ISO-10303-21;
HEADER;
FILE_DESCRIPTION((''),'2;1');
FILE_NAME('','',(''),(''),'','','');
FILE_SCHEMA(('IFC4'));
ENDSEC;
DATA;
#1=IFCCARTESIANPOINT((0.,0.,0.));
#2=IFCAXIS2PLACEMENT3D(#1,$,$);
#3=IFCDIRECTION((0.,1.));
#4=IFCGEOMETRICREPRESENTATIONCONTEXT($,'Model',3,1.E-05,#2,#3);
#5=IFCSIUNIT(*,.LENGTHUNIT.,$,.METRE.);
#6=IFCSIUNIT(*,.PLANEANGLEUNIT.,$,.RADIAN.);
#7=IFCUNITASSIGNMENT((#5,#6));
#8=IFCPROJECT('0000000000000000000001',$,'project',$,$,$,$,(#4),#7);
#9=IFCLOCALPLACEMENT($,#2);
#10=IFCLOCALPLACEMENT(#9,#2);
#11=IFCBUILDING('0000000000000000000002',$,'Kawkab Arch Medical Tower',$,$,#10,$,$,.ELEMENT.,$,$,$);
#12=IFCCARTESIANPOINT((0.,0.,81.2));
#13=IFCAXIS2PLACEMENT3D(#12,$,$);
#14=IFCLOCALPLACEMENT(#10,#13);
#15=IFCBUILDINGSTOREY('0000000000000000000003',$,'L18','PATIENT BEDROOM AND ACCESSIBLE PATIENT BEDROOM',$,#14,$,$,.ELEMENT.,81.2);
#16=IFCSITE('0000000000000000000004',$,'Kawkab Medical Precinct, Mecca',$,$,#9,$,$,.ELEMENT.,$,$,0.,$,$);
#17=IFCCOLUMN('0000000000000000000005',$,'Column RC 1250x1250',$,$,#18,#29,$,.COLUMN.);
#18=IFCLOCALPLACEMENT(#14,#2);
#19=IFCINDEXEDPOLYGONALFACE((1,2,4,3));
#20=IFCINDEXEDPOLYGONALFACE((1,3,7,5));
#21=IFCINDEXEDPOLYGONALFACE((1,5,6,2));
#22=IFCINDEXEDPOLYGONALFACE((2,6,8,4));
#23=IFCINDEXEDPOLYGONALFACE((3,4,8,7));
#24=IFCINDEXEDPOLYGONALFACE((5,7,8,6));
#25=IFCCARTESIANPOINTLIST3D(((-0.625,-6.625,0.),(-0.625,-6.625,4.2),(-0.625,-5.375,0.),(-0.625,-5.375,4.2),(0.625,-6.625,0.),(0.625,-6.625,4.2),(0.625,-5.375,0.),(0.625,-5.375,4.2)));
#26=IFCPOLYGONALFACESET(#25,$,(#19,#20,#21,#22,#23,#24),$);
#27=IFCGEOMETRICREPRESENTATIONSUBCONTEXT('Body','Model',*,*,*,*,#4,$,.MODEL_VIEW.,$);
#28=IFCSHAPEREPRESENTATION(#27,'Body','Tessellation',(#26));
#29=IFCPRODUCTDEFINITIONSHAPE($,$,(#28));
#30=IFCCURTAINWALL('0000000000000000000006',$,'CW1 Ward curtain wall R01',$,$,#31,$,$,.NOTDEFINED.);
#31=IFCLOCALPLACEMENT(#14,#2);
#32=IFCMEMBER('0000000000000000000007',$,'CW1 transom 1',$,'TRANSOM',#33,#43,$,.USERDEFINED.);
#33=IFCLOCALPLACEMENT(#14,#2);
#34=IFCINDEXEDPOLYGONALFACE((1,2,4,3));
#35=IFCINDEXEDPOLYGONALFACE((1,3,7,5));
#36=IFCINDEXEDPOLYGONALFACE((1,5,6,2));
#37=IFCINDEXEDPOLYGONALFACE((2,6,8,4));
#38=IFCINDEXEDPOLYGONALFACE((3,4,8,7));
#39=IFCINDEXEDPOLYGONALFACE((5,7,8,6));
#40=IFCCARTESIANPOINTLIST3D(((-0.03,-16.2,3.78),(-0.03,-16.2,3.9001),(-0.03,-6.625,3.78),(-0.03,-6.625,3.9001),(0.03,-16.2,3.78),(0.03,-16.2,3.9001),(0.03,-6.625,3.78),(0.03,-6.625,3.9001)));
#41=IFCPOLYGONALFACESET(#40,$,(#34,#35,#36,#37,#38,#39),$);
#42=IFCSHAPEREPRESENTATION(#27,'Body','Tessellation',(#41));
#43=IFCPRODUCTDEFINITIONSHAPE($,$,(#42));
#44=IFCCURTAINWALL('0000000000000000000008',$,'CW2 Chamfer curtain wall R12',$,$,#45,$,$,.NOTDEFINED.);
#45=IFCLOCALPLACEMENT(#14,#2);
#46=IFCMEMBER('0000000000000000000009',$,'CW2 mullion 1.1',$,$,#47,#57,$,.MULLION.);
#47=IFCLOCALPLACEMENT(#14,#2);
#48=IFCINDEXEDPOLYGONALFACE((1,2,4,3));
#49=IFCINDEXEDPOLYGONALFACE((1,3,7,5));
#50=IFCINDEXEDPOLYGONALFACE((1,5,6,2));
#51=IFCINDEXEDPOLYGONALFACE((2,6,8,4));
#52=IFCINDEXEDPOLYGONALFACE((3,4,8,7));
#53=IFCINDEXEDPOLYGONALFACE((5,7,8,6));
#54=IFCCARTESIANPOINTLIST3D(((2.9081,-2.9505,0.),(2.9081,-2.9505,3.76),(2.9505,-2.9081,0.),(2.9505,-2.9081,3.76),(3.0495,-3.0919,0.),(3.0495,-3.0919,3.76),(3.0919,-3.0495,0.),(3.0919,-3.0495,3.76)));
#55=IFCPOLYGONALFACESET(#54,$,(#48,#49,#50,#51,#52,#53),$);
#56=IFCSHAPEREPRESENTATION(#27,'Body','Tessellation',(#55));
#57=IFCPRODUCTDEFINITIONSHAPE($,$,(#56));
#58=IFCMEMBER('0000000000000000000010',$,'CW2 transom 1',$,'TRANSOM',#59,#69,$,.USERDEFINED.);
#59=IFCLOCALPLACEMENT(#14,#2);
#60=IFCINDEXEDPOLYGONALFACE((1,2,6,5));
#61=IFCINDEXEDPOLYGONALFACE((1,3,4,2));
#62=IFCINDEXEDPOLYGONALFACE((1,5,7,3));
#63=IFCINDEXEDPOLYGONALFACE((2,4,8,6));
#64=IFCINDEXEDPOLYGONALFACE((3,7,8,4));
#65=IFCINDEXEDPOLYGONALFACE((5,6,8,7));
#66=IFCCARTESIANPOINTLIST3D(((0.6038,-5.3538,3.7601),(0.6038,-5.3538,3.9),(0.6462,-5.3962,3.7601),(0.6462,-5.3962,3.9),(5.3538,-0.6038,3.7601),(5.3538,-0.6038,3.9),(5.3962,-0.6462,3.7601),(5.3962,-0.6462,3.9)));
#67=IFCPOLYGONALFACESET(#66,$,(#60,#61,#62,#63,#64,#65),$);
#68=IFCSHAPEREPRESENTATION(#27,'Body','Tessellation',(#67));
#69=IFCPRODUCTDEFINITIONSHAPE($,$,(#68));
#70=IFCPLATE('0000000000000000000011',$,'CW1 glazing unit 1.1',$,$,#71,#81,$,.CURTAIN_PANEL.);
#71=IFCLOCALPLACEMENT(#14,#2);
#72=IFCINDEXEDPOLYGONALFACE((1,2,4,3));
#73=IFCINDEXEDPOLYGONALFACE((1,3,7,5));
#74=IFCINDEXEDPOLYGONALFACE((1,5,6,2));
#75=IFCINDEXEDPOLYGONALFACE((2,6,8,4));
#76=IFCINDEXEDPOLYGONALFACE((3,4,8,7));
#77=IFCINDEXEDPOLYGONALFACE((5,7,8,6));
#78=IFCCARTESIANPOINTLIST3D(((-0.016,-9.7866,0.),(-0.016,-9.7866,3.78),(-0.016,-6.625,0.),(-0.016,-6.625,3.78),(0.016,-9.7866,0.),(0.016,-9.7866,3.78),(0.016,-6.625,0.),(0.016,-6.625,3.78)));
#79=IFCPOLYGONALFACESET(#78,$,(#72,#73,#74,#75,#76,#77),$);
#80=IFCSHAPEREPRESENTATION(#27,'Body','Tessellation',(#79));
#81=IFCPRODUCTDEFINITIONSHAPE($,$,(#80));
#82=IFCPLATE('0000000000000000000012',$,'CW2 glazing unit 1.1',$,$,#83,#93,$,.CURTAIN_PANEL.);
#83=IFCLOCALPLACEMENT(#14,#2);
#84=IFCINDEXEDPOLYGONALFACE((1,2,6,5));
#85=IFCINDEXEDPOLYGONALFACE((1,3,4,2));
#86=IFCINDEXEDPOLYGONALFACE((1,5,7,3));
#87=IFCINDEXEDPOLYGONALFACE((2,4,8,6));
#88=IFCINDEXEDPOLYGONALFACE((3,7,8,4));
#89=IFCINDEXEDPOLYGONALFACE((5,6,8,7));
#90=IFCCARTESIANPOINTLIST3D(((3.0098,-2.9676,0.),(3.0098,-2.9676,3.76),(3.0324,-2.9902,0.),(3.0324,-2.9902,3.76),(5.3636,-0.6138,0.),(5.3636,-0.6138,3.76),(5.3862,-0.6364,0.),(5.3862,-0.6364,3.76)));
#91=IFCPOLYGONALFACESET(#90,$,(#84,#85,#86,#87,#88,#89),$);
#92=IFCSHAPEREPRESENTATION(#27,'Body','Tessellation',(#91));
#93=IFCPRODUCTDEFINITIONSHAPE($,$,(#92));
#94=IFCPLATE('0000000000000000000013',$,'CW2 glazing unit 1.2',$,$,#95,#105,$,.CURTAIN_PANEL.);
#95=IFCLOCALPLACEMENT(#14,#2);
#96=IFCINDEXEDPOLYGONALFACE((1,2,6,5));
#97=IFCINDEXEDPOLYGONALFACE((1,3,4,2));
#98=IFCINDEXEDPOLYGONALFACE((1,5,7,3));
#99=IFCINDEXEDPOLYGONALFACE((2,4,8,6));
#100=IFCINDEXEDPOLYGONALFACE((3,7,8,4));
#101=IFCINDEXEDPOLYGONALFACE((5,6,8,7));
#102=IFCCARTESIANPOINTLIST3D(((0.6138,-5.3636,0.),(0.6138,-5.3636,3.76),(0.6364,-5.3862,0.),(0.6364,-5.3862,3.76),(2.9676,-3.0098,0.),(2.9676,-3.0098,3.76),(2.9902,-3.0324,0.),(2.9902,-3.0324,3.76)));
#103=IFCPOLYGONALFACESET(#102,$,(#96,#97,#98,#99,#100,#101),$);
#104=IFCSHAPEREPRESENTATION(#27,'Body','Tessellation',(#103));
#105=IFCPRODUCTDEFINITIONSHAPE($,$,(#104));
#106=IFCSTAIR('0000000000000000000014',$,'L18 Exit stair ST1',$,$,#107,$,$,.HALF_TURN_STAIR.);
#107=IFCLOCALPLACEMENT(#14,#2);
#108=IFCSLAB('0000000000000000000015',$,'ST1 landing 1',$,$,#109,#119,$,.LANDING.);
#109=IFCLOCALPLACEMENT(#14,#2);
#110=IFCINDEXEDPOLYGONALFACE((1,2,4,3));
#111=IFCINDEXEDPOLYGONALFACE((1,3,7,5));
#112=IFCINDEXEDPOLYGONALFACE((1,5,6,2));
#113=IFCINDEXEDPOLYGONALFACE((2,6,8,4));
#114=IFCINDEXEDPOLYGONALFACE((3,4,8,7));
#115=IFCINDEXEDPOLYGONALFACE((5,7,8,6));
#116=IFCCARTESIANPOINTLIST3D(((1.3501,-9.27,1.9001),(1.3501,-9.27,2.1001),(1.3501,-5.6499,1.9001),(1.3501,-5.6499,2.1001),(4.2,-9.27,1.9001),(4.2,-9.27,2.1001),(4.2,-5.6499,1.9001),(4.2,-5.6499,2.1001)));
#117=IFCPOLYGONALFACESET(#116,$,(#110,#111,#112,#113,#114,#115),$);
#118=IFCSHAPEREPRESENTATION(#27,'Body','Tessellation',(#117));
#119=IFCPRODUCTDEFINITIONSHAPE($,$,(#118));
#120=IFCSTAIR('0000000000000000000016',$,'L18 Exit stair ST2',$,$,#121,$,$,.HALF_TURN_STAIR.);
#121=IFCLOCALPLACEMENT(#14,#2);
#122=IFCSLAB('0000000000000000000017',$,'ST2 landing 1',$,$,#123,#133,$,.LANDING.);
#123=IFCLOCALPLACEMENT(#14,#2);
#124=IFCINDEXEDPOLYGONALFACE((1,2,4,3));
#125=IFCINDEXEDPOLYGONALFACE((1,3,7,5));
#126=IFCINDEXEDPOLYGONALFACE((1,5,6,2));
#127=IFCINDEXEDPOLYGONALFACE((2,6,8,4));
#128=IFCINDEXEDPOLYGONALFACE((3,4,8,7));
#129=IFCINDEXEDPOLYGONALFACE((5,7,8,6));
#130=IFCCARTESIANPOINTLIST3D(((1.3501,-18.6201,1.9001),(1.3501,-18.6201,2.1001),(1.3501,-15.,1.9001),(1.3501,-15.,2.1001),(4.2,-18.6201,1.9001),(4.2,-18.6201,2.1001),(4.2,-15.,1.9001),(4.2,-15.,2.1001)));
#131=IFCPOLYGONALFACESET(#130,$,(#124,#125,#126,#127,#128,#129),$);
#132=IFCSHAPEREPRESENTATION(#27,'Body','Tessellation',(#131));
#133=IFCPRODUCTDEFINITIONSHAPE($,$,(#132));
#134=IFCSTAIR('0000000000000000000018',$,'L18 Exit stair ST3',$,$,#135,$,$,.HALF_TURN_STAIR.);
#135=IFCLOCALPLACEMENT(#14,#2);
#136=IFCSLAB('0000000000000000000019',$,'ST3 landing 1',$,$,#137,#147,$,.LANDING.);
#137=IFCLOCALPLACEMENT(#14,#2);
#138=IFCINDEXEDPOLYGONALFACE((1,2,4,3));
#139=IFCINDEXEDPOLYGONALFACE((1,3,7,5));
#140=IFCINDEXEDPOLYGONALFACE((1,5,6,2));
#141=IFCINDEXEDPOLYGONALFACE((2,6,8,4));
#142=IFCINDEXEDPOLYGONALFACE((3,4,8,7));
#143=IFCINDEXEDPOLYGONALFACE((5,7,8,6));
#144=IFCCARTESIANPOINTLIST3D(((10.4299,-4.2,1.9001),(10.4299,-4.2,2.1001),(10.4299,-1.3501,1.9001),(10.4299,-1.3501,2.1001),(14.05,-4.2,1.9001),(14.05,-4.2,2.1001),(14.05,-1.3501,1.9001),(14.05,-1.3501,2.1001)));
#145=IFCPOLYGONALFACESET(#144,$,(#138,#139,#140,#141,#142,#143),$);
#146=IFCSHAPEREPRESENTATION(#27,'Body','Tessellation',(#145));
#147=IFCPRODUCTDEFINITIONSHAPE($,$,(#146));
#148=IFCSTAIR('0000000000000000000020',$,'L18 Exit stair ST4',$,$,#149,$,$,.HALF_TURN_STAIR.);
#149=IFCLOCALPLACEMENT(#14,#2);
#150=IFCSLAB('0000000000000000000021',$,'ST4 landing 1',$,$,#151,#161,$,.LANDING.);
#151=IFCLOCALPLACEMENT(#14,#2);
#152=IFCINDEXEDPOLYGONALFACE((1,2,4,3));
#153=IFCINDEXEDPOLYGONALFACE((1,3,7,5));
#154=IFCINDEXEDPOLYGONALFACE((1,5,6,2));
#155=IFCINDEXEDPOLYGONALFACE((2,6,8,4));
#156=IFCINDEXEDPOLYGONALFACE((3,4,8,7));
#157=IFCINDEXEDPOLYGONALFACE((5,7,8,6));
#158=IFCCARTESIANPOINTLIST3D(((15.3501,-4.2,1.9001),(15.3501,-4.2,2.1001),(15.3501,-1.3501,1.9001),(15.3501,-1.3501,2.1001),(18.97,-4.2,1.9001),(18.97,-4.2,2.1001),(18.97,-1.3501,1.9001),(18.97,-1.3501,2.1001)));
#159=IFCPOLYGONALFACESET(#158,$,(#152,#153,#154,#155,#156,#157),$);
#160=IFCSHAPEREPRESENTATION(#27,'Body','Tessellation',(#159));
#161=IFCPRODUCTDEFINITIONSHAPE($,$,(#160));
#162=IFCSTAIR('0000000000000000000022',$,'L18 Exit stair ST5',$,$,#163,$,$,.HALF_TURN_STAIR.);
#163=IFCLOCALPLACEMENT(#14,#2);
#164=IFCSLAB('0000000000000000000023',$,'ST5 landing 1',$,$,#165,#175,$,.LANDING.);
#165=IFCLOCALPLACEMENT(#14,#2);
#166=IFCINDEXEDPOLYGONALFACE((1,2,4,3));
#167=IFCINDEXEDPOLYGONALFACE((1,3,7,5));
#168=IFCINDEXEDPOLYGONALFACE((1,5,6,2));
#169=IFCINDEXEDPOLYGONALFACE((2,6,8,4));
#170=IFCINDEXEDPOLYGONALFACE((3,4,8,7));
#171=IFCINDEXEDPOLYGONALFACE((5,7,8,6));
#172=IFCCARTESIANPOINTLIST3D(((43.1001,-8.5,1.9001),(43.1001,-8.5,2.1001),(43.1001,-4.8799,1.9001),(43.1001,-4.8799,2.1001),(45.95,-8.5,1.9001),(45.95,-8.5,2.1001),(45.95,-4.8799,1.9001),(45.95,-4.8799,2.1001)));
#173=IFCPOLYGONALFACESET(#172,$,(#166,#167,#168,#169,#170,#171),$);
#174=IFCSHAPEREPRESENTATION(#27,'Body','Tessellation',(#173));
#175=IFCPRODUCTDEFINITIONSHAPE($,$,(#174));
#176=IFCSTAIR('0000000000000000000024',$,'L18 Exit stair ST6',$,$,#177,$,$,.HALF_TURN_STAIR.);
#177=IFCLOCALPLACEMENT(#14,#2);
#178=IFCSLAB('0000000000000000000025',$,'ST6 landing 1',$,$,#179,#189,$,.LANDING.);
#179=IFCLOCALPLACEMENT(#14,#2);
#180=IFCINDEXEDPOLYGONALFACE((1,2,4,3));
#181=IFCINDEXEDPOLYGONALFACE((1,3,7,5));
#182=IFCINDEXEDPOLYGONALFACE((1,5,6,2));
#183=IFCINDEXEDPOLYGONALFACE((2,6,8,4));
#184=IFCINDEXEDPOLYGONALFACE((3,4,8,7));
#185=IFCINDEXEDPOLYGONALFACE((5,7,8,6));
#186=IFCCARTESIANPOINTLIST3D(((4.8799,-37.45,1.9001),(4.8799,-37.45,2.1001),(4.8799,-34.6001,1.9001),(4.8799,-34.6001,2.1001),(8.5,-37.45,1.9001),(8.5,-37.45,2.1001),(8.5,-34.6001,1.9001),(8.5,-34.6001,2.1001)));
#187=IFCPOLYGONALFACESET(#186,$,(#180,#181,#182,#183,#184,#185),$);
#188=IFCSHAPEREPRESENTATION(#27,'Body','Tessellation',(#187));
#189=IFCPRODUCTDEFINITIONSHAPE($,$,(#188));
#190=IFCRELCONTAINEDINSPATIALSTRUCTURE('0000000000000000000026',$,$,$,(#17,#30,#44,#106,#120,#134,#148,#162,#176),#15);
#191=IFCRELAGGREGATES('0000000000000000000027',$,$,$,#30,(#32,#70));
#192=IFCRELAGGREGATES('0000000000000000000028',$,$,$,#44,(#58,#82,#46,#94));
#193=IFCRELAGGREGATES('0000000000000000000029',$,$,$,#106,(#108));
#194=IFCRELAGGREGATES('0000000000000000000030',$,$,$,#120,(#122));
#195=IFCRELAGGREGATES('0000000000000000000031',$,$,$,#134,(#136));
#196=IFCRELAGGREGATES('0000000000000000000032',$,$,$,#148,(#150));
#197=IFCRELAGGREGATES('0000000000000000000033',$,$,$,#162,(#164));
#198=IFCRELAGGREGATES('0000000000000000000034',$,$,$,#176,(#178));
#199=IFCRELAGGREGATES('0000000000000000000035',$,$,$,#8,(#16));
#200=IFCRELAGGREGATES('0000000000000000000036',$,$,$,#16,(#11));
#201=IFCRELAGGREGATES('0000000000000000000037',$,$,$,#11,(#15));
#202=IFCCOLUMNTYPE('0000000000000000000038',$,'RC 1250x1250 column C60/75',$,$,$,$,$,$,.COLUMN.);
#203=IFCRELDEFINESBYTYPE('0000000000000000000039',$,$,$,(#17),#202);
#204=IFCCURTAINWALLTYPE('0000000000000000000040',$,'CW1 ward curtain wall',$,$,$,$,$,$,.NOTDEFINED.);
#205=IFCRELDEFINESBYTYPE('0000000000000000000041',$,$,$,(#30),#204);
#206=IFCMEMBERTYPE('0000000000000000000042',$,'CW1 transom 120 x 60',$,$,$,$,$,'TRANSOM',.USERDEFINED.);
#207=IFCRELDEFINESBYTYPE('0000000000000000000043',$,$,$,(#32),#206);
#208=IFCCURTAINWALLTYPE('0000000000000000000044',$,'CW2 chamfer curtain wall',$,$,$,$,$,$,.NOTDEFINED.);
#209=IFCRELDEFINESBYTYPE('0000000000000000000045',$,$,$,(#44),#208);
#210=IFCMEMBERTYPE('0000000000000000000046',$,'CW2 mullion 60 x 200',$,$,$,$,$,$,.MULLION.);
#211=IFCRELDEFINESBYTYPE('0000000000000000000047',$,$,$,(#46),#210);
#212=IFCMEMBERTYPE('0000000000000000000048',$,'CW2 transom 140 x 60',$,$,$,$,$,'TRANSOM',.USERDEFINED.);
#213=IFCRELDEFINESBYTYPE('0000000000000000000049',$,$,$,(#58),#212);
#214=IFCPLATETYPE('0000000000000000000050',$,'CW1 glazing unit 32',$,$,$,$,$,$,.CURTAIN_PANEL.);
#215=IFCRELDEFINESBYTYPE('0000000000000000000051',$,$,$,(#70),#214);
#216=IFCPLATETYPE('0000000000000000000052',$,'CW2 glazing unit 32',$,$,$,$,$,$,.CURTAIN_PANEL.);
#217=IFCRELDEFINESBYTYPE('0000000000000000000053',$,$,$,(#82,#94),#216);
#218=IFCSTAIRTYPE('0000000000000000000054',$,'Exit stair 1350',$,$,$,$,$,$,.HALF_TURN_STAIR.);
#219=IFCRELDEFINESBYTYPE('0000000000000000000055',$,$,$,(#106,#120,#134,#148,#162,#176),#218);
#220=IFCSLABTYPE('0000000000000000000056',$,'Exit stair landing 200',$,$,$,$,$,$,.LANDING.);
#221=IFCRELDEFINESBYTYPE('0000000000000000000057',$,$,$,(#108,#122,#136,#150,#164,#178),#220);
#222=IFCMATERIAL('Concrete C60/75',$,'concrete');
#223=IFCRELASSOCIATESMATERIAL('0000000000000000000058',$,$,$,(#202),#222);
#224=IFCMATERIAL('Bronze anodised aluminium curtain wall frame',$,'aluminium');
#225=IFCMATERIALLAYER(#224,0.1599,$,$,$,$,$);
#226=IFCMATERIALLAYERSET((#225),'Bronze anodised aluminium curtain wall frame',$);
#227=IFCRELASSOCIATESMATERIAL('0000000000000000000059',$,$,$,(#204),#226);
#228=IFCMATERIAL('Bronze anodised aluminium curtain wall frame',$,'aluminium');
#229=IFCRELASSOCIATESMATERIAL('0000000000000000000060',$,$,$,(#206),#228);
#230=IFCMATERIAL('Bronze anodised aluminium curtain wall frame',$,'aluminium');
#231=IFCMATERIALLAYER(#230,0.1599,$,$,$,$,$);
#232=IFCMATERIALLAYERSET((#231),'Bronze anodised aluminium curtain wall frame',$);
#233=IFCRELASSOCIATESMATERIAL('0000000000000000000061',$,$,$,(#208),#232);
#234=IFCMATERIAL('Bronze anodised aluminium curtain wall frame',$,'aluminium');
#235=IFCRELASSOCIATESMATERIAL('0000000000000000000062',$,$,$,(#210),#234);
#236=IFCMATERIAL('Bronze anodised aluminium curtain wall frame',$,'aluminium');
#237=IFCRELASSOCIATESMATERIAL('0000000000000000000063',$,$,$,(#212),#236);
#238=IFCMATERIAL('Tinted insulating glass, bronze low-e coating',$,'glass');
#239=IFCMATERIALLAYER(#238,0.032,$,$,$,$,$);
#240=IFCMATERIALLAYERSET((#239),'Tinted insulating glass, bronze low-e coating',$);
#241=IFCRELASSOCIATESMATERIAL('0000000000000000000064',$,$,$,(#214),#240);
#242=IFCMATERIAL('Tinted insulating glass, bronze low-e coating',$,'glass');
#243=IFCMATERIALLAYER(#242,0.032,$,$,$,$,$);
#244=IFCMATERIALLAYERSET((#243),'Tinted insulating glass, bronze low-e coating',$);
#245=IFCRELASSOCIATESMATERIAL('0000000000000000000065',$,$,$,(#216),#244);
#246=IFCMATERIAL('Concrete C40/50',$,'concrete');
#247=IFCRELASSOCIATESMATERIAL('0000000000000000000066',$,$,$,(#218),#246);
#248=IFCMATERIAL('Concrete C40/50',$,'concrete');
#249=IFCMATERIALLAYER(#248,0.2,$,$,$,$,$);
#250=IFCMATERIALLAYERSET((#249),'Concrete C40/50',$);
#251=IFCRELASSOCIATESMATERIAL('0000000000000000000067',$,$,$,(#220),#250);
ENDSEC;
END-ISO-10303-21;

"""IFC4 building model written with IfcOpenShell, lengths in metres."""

from ifc_helpers import new_model, si_unit, direction, frame, origin, origin_2d, place, context, subcontext, project, spatial, polyline, rectangle, outline, extrude, material, layer, layer_set, material_profile, profile_set, type_object, element, aggregate, save


model = new_model("IFC4")

# Units and contexts
model_context = context("Model", 3, precision=1e-05, world=origin(), true_north=direction((0.0, 1.0)))
body_context = subcontext(model_context, "Body", "Model", "MODEL_VIEW")
ifc_project = project(units=[si_unit("LENGTHUNIT", "METRE"), si_unit("PLANEANGLEUNIT", "RADIAN")], contexts=[model_context])

# Site, building, storey
site_placement = place(None, origin())
site = spatial("IfcSite", under=ifc_project, at=site_placement, Name="Kawkab Medical Precinct, Mecca", CompositionType="ELEMENT", RefElevation=0.0)
building_placement = place(site_placement, origin())
building = spatial("IfcBuilding", under=site, at=building_placement, Name="Kawkab Arch Medical Tower", CompositionType="ELEMENT")
storey_placement = place(building_placement, frame((0.0, 0.0, 81.2)))
storey = spatial("IfcBuildingStorey", under=building, at=storey_placement, Name="L18", Description="PATIENT BEDROOM AND ACCESSIBLE PATIENT BEDROOM", CompositionType="ELEMENT", Elevation=81.2)

# Column
ifc_material_1 = material(Name="Concrete C60/75", Category="concrete")
ifc_material_profile_1 = material_profile(ifc_material_1, rectangle(XDim=1.25, YDim=1.25, at=origin_2d()), Name="RC 1250x1250")
ifc_profile_set_1 = profile_set([ifc_material_profile_1], Name="Concrete C60/75")
column_type = type_object("IfcColumnType", Name="RC 1250x1250 column C60/75", PredefinedType="COLUMN", material=ifc_profile_set_1)
column_placement = place(storey_placement, frame((0.0, -6.0, 0.0), z_axis=(0.0, 0.0, 1.0), x_axis=(1.0, 0.0, 0.0)))
element("IfcColumn", 1, at=column_placement, inside=storey, type_object=column_type, Name="Column RC 1250x1250", PredefinedType="COLUMN", context=body_context, shape_type="SweptSolid", body=[
    extrude(rectangle(XDim=1.25, YDim=1.25, at=origin_2d()), origin(), (0.0, 0.0, 1.0), 4.2),
])

# Curtain wall, member
ifc_material_2 = material(Name="Bronze anodised aluminium curtain wall frame", Category="aluminium")
ifc_layer_1 = layer(ifc_material_2, 0.1599)
ifc_layer_set_1 = layer_set([ifc_layer_1], Name="Bronze anodised aluminium curtain wall frame")
curtain_wall_type_1 = type_object("IfcCurtainWallType", Name="CW1 ward curtain wall", PredefinedType="NOTDEFINED", material=ifc_layer_set_1)
placement_1 = place(storey_placement, origin())
curtain_wall_1 = element("IfcCurtainWall", 2, at=placement_1, inside=storey, type_object=curtain_wall_type_1, Name="CW1 Ward curtain wall R01", PredefinedType="NOTDEFINED")
ifc_material_3 = material(Name="Bronze anodised aluminium curtain wall frame", Category="aluminium")
ifc_material_profile_2 = material_profile(ifc_material_3, rectangle(XDim=0.0601, YDim=0.1201, at=origin_2d()), Name="AL 60x120")
ifc_profile_set_2 = profile_set([ifc_material_profile_2], Name="Bronze anodised aluminium curtain wall frame")
member_type_1 = type_object("IfcMemberType", Name="CW1 transom 120 x 60", ElementType="TRANSOM", PredefinedType="USERDEFINED", material=ifc_profile_set_2)
member_1_placement = place(storey_placement, frame((0.0, -6.625, 3.8401), z_axis=(0.0, -1.0, 0.0), x_axis=(1.0, 0.0, 0.0)))
member_1 = element("IfcMember", 3, at=member_1_placement, type_object=member_type_1, Name="CW1 transom 1", ObjectType="TRANSOM", PredefinedType="USERDEFINED", context=body_context, shape_type="SweptSolid", body=[
    extrude(rectangle(XDim=0.0601, YDim=0.1201, at=origin_2d()), origin(), (0.0, 0.0, 1.0), 9.575),
])

# Curtain wall, members
ifc_material_4 = material(Name="Bronze anodised aluminium curtain wall frame", Category="aluminium")
ifc_layer_2 = layer(ifc_material_4, 0.1599)
ifc_layer_set_2 = layer_set([ifc_layer_2], Name="Bronze anodised aluminium curtain wall frame")
curtain_wall_type_2 = type_object("IfcCurtainWallType", Name="CW2 chamfer curtain wall", PredefinedType="NOTDEFINED", material=ifc_layer_set_2)
curtain_wall_2 = element("IfcCurtainWall", 4, at=placement_1, inside=storey, type_object=curtain_wall_type_2, Name="CW2 Chamfer curtain wall R12", PredefinedType="NOTDEFINED")
ifc_material_5 = material(Name="Bronze anodised aluminium curtain wall frame", Category="aluminium")
ifc_material_profile_3 = material_profile(ifc_material_5, rectangle(XDim=0.2, YDim=0.0601, at=origin_2d()), Name="AL 60x200")
ifc_profile_set_3 = profile_set([ifc_material_profile_3], Name="Bronze anodised aluminium curtain wall frame")
member_type_2 = type_object("IfcMemberType", Name="CW2 mullion 60 x 200", PredefinedType="MULLION", material=ifc_profile_set_3)
member_2_placement = place(storey_placement, frame((3.0, -3.0, 0.0), z_axis=(0.0, 0.0, 1.0), x_axis=(0.707107, -0.707107, 0.0)))
member_2 = element("IfcMember", 5, at=member_2_placement, type_object=member_type_2, Name="CW2 mullion 1.1", PredefinedType="MULLION", context=body_context, shape_type="SweptSolid", body=[
    extrude(rectangle(XDim=0.2, YDim=0.0601, at=origin_2d()), origin(), (0.0, 0.0, 1.0), 3.76),
])
ifc_material_6 = material(Name="Bronze anodised aluminium curtain wall frame", Category="aluminium")
ifc_material_profile_4 = material_profile(ifc_material_6, rectangle(XDim=0.0601, YDim=0.1399, at=origin_2d()), Name="AL 60x140")
ifc_profile_set_4 = profile_set([ifc_material_profile_4], Name="Bronze anodised aluminium curtain wall frame")
member_type_3 = type_object("IfcMemberType", Name="CW2 transom 140 x 60", ElementType="TRANSOM", PredefinedType="USERDEFINED", material=ifc_profile_set_4)
member_3_placement = place(storey_placement, frame((5.375, -0.625, 3.8301), z_axis=(-0.707107, -0.707107, 0.0), x_axis=(0.707107, -0.707107, 0.0)))
member_3 = element("IfcMember", 6, at=member_3_placement, type_object=member_type_3, Name="CW2 transom 1", ObjectType="TRANSOM", PredefinedType="USERDEFINED", context=body_context, shape_type="SweptSolid", body=[
    extrude(rectangle(XDim=0.0601, YDim=0.1399, at=origin_2d()), origin(), (0.0, 0.0, 1.0), 6.7175),
])

# Plates
ifc_material_7 = material(Name="Tinted insulating glass, bronze low-e coating", Category="glass")
ifc_layer_3 = layer(ifc_material_7, 0.032)
ifc_layer_set_3 = layer_set([ifc_layer_3], Name="Tinted insulating glass, bronze low-e coating")
plate_type_1 = type_object("IfcPlateType", Name="CW1 glazing unit 32", PredefinedType="CURTAIN_PANEL", material=ifc_layer_set_3)
plate_1_placement = place(storey_placement, frame((0.0, -8.2058, 0.0), z_axis=(0.0, 0.0, 1.0), x_axis=(0.0, -1.0, 0.0)))
plate_1 = element("IfcPlate", 7, at=plate_1_placement, type_object=plate_type_1, Name="CW1 glazing unit 1.1", PredefinedType="CURTAIN_PANEL", context=body_context, shape_type="SweptSolid", body=[
    extrude(rectangle(XDim=3.1616, YDim=0.032, at=origin_2d()), origin(), (0.0, 0.0, 1.0), 3.78),
])
aggregate(curtain_wall_1, [member_1, plate_1])
ifc_material_8 = material(Name="Tinted insulating glass, bronze low-e coating", Category="glass")
ifc_layer_4 = layer(ifc_material_8, 0.032)
ifc_layer_set_4 = layer_set([ifc_layer_4], Name="Tinted insulating glass, bronze low-e coating")
plate_type_2 = type_object("IfcPlateType", Name="CW2 glazing unit 32", PredefinedType="CURTAIN_PANEL", material=ifc_layer_set_4)
plate_2_placement = place(storey_placement, frame((4.198, -1.802, 0.0), z_axis=(0.0, 0.0, 1.0), x_axis=(-0.707107, -0.707107, 0.0)))
plate_2 = element("IfcPlate", 8, at=plate_2_placement, type_object=plate_type_2, Name="CW2 glazing unit 1.1", PredefinedType="CURTAIN_PANEL", context=body_context, shape_type="SweptSolid", body=[
    extrude(rectangle(XDim=3.3289, YDim=0.032, at=origin_2d()), origin(), (0.0, 0.0, 1.0), 3.76),
])
plate_3_placement = place(storey_placement, frame((1.802, -4.198, 0.0), z_axis=(0.0, 0.0, 1.0), x_axis=(-0.707107, -0.707107, 0.0)))
plate_3 = element("IfcPlate", 9, at=plate_3_placement, type_object=plate_type_2, Name="CW2 glazing unit 1.2", PredefinedType="CURTAIN_PANEL", context=body_context, shape_type="SweptSolid", body=[
    extrude(rectangle(XDim=3.3289, YDim=0.032, at=origin_2d()), origin(), (0.0, 0.0, 1.0), 3.76),
])
aggregate(curtain_wall_2, [member_3, plate_2, member_2, plate_3])

# Stairs, slabs
ifc_material_9 = material(Name="Concrete C40/50", Category="concrete")
stair_type = type_object("IfcStairType", Name="Exit stair 1350", PredefinedType="HALF_TURN_STAIR", material=ifc_material_9)
stair_1 = element("IfcStair", 10, at=placement_1, inside=storey, type_object=stair_type, Name="L18 Exit stair ST1", PredefinedType="HALF_TURN_STAIR")
ifc_material_10 = material(Name="Concrete C40/50", Category="concrete")
ifc_layer_5 = layer(ifc_material_10, 0.2)
ifc_layer_set_5 = layer_set([ifc_layer_5], Name="Concrete C40/50")
slab_type_1 = type_object("IfcSlabType", Name="Exit stair landing 200", PredefinedType="LANDING", material=ifc_layer_set_5)
placement_2 = place(storey_placement, frame((0.0, 0.0, 1.9001)))
slab_1 = element("IfcSlab", 11, at=placement_2, type_object=slab_type_1, Name="ST1 landing 1", PredefinedType="LANDING", context=body_context, shape_type="SweptSolid", body=[
    extrude(outline(polyline([(4.2, -9.27), (4.2, -5.6499), (1.3501, -5.6499), (1.3501, -9.27), (4.2, -9.27)])), origin(), (0.0, 0.0, 1.0), 0.2),
])
aggregate(stair_1, [slab_1])
stair_2 = element("IfcStair", 12, at=placement_1, inside=storey, type_object=stair_type, Name="L18 Exit stair ST2", PredefinedType="HALF_TURN_STAIR")
slab_2 = element("IfcSlab", 13, at=placement_2, type_object=slab_type_1, Name="ST2 landing 1", PredefinedType="LANDING", context=body_context, shape_type="SweptSolid", body=[
    extrude(outline(polyline([(4.2, -18.6201), (4.2, -15.0), (1.3501, -15.0), (1.3501, -18.6201), (4.2, -18.6201)])), origin(), (0.0, 0.0, 1.0), 0.2),
])
aggregate(stair_2, [slab_2])
stair_3 = element("IfcStair", 14, at=placement_1, inside=storey, type_object=stair_type, Name="L18 Exit stair ST3", PredefinedType="HALF_TURN_STAIR")
slab_3 = element("IfcSlab", 15, at=placement_2, type_object=slab_type_1, Name="ST3 landing 1", PredefinedType="LANDING", context=body_context, shape_type="SweptSolid", body=[
    extrude(outline(polyline([(10.4299, -4.2), (14.05, -4.2), (14.05, -1.3501), (10.4299, -1.3501), (10.4299, -4.2)])), origin(), (0.0, 0.0, 1.0), 0.2),
])
aggregate(stair_3, [slab_3])
stair_4 = element("IfcStair", 16, at=placement_1, inside=storey, type_object=stair_type, Name="L18 Exit stair ST4", PredefinedType="HALF_TURN_STAIR")
slab_4 = element("IfcSlab", 17, at=placement_2, type_object=slab_type_1, Name="ST4 landing 1", PredefinedType="LANDING", context=body_context, shape_type="SweptSolid", body=[
    extrude(outline(polyline([(18.97, -1.3501), (15.3501, -1.3501), (15.3501, -4.2), (18.97, -4.2), (18.97, -1.3501)])), origin(), (0.0, 0.0, 1.0), 0.2),
])
aggregate(stair_4, [slab_4])
stair_5 = element("IfcStair", 18, at=placement_1, inside=storey, type_object=stair_type, Name="L18 Exit stair ST5", PredefinedType="HALF_TURN_STAIR")
slab_5 = element("IfcSlab", 19, at=placement_2, type_object=slab_type_1, Name="ST5 landing 1", PredefinedType="LANDING", context=body_context, shape_type="SweptSolid", body=[
    extrude(outline(polyline([(43.1001, -4.8799), (43.1001, -8.5), (45.95, -8.5), (45.95, -4.8799), (43.1001, -4.8799)])), origin(), (0.0, 0.0, 1.0), 0.2),
])
aggregate(stair_5, [slab_5])
stair_6 = element("IfcStair", 20, at=placement_1, inside=storey, type_object=stair_type, Name="L18 Exit stair ST6", PredefinedType="HALF_TURN_STAIR")
slab_6 = element("IfcSlab", 21, at=placement_2, type_object=slab_type_1, Name="ST6 landing 1", PredefinedType="LANDING", context=body_context, shape_type="SweptSolid", body=[
    extrude(outline(polyline([(4.8799, -37.45), (8.5, -37.45), (8.5, -34.6001), (4.8799, -34.6001), (4.8799, -37.45)])), origin(), (0.0, 0.0, 1.0), 0.2),
])
aggregate(stair_6, [slab_6])

save(model, "model.ifc")
